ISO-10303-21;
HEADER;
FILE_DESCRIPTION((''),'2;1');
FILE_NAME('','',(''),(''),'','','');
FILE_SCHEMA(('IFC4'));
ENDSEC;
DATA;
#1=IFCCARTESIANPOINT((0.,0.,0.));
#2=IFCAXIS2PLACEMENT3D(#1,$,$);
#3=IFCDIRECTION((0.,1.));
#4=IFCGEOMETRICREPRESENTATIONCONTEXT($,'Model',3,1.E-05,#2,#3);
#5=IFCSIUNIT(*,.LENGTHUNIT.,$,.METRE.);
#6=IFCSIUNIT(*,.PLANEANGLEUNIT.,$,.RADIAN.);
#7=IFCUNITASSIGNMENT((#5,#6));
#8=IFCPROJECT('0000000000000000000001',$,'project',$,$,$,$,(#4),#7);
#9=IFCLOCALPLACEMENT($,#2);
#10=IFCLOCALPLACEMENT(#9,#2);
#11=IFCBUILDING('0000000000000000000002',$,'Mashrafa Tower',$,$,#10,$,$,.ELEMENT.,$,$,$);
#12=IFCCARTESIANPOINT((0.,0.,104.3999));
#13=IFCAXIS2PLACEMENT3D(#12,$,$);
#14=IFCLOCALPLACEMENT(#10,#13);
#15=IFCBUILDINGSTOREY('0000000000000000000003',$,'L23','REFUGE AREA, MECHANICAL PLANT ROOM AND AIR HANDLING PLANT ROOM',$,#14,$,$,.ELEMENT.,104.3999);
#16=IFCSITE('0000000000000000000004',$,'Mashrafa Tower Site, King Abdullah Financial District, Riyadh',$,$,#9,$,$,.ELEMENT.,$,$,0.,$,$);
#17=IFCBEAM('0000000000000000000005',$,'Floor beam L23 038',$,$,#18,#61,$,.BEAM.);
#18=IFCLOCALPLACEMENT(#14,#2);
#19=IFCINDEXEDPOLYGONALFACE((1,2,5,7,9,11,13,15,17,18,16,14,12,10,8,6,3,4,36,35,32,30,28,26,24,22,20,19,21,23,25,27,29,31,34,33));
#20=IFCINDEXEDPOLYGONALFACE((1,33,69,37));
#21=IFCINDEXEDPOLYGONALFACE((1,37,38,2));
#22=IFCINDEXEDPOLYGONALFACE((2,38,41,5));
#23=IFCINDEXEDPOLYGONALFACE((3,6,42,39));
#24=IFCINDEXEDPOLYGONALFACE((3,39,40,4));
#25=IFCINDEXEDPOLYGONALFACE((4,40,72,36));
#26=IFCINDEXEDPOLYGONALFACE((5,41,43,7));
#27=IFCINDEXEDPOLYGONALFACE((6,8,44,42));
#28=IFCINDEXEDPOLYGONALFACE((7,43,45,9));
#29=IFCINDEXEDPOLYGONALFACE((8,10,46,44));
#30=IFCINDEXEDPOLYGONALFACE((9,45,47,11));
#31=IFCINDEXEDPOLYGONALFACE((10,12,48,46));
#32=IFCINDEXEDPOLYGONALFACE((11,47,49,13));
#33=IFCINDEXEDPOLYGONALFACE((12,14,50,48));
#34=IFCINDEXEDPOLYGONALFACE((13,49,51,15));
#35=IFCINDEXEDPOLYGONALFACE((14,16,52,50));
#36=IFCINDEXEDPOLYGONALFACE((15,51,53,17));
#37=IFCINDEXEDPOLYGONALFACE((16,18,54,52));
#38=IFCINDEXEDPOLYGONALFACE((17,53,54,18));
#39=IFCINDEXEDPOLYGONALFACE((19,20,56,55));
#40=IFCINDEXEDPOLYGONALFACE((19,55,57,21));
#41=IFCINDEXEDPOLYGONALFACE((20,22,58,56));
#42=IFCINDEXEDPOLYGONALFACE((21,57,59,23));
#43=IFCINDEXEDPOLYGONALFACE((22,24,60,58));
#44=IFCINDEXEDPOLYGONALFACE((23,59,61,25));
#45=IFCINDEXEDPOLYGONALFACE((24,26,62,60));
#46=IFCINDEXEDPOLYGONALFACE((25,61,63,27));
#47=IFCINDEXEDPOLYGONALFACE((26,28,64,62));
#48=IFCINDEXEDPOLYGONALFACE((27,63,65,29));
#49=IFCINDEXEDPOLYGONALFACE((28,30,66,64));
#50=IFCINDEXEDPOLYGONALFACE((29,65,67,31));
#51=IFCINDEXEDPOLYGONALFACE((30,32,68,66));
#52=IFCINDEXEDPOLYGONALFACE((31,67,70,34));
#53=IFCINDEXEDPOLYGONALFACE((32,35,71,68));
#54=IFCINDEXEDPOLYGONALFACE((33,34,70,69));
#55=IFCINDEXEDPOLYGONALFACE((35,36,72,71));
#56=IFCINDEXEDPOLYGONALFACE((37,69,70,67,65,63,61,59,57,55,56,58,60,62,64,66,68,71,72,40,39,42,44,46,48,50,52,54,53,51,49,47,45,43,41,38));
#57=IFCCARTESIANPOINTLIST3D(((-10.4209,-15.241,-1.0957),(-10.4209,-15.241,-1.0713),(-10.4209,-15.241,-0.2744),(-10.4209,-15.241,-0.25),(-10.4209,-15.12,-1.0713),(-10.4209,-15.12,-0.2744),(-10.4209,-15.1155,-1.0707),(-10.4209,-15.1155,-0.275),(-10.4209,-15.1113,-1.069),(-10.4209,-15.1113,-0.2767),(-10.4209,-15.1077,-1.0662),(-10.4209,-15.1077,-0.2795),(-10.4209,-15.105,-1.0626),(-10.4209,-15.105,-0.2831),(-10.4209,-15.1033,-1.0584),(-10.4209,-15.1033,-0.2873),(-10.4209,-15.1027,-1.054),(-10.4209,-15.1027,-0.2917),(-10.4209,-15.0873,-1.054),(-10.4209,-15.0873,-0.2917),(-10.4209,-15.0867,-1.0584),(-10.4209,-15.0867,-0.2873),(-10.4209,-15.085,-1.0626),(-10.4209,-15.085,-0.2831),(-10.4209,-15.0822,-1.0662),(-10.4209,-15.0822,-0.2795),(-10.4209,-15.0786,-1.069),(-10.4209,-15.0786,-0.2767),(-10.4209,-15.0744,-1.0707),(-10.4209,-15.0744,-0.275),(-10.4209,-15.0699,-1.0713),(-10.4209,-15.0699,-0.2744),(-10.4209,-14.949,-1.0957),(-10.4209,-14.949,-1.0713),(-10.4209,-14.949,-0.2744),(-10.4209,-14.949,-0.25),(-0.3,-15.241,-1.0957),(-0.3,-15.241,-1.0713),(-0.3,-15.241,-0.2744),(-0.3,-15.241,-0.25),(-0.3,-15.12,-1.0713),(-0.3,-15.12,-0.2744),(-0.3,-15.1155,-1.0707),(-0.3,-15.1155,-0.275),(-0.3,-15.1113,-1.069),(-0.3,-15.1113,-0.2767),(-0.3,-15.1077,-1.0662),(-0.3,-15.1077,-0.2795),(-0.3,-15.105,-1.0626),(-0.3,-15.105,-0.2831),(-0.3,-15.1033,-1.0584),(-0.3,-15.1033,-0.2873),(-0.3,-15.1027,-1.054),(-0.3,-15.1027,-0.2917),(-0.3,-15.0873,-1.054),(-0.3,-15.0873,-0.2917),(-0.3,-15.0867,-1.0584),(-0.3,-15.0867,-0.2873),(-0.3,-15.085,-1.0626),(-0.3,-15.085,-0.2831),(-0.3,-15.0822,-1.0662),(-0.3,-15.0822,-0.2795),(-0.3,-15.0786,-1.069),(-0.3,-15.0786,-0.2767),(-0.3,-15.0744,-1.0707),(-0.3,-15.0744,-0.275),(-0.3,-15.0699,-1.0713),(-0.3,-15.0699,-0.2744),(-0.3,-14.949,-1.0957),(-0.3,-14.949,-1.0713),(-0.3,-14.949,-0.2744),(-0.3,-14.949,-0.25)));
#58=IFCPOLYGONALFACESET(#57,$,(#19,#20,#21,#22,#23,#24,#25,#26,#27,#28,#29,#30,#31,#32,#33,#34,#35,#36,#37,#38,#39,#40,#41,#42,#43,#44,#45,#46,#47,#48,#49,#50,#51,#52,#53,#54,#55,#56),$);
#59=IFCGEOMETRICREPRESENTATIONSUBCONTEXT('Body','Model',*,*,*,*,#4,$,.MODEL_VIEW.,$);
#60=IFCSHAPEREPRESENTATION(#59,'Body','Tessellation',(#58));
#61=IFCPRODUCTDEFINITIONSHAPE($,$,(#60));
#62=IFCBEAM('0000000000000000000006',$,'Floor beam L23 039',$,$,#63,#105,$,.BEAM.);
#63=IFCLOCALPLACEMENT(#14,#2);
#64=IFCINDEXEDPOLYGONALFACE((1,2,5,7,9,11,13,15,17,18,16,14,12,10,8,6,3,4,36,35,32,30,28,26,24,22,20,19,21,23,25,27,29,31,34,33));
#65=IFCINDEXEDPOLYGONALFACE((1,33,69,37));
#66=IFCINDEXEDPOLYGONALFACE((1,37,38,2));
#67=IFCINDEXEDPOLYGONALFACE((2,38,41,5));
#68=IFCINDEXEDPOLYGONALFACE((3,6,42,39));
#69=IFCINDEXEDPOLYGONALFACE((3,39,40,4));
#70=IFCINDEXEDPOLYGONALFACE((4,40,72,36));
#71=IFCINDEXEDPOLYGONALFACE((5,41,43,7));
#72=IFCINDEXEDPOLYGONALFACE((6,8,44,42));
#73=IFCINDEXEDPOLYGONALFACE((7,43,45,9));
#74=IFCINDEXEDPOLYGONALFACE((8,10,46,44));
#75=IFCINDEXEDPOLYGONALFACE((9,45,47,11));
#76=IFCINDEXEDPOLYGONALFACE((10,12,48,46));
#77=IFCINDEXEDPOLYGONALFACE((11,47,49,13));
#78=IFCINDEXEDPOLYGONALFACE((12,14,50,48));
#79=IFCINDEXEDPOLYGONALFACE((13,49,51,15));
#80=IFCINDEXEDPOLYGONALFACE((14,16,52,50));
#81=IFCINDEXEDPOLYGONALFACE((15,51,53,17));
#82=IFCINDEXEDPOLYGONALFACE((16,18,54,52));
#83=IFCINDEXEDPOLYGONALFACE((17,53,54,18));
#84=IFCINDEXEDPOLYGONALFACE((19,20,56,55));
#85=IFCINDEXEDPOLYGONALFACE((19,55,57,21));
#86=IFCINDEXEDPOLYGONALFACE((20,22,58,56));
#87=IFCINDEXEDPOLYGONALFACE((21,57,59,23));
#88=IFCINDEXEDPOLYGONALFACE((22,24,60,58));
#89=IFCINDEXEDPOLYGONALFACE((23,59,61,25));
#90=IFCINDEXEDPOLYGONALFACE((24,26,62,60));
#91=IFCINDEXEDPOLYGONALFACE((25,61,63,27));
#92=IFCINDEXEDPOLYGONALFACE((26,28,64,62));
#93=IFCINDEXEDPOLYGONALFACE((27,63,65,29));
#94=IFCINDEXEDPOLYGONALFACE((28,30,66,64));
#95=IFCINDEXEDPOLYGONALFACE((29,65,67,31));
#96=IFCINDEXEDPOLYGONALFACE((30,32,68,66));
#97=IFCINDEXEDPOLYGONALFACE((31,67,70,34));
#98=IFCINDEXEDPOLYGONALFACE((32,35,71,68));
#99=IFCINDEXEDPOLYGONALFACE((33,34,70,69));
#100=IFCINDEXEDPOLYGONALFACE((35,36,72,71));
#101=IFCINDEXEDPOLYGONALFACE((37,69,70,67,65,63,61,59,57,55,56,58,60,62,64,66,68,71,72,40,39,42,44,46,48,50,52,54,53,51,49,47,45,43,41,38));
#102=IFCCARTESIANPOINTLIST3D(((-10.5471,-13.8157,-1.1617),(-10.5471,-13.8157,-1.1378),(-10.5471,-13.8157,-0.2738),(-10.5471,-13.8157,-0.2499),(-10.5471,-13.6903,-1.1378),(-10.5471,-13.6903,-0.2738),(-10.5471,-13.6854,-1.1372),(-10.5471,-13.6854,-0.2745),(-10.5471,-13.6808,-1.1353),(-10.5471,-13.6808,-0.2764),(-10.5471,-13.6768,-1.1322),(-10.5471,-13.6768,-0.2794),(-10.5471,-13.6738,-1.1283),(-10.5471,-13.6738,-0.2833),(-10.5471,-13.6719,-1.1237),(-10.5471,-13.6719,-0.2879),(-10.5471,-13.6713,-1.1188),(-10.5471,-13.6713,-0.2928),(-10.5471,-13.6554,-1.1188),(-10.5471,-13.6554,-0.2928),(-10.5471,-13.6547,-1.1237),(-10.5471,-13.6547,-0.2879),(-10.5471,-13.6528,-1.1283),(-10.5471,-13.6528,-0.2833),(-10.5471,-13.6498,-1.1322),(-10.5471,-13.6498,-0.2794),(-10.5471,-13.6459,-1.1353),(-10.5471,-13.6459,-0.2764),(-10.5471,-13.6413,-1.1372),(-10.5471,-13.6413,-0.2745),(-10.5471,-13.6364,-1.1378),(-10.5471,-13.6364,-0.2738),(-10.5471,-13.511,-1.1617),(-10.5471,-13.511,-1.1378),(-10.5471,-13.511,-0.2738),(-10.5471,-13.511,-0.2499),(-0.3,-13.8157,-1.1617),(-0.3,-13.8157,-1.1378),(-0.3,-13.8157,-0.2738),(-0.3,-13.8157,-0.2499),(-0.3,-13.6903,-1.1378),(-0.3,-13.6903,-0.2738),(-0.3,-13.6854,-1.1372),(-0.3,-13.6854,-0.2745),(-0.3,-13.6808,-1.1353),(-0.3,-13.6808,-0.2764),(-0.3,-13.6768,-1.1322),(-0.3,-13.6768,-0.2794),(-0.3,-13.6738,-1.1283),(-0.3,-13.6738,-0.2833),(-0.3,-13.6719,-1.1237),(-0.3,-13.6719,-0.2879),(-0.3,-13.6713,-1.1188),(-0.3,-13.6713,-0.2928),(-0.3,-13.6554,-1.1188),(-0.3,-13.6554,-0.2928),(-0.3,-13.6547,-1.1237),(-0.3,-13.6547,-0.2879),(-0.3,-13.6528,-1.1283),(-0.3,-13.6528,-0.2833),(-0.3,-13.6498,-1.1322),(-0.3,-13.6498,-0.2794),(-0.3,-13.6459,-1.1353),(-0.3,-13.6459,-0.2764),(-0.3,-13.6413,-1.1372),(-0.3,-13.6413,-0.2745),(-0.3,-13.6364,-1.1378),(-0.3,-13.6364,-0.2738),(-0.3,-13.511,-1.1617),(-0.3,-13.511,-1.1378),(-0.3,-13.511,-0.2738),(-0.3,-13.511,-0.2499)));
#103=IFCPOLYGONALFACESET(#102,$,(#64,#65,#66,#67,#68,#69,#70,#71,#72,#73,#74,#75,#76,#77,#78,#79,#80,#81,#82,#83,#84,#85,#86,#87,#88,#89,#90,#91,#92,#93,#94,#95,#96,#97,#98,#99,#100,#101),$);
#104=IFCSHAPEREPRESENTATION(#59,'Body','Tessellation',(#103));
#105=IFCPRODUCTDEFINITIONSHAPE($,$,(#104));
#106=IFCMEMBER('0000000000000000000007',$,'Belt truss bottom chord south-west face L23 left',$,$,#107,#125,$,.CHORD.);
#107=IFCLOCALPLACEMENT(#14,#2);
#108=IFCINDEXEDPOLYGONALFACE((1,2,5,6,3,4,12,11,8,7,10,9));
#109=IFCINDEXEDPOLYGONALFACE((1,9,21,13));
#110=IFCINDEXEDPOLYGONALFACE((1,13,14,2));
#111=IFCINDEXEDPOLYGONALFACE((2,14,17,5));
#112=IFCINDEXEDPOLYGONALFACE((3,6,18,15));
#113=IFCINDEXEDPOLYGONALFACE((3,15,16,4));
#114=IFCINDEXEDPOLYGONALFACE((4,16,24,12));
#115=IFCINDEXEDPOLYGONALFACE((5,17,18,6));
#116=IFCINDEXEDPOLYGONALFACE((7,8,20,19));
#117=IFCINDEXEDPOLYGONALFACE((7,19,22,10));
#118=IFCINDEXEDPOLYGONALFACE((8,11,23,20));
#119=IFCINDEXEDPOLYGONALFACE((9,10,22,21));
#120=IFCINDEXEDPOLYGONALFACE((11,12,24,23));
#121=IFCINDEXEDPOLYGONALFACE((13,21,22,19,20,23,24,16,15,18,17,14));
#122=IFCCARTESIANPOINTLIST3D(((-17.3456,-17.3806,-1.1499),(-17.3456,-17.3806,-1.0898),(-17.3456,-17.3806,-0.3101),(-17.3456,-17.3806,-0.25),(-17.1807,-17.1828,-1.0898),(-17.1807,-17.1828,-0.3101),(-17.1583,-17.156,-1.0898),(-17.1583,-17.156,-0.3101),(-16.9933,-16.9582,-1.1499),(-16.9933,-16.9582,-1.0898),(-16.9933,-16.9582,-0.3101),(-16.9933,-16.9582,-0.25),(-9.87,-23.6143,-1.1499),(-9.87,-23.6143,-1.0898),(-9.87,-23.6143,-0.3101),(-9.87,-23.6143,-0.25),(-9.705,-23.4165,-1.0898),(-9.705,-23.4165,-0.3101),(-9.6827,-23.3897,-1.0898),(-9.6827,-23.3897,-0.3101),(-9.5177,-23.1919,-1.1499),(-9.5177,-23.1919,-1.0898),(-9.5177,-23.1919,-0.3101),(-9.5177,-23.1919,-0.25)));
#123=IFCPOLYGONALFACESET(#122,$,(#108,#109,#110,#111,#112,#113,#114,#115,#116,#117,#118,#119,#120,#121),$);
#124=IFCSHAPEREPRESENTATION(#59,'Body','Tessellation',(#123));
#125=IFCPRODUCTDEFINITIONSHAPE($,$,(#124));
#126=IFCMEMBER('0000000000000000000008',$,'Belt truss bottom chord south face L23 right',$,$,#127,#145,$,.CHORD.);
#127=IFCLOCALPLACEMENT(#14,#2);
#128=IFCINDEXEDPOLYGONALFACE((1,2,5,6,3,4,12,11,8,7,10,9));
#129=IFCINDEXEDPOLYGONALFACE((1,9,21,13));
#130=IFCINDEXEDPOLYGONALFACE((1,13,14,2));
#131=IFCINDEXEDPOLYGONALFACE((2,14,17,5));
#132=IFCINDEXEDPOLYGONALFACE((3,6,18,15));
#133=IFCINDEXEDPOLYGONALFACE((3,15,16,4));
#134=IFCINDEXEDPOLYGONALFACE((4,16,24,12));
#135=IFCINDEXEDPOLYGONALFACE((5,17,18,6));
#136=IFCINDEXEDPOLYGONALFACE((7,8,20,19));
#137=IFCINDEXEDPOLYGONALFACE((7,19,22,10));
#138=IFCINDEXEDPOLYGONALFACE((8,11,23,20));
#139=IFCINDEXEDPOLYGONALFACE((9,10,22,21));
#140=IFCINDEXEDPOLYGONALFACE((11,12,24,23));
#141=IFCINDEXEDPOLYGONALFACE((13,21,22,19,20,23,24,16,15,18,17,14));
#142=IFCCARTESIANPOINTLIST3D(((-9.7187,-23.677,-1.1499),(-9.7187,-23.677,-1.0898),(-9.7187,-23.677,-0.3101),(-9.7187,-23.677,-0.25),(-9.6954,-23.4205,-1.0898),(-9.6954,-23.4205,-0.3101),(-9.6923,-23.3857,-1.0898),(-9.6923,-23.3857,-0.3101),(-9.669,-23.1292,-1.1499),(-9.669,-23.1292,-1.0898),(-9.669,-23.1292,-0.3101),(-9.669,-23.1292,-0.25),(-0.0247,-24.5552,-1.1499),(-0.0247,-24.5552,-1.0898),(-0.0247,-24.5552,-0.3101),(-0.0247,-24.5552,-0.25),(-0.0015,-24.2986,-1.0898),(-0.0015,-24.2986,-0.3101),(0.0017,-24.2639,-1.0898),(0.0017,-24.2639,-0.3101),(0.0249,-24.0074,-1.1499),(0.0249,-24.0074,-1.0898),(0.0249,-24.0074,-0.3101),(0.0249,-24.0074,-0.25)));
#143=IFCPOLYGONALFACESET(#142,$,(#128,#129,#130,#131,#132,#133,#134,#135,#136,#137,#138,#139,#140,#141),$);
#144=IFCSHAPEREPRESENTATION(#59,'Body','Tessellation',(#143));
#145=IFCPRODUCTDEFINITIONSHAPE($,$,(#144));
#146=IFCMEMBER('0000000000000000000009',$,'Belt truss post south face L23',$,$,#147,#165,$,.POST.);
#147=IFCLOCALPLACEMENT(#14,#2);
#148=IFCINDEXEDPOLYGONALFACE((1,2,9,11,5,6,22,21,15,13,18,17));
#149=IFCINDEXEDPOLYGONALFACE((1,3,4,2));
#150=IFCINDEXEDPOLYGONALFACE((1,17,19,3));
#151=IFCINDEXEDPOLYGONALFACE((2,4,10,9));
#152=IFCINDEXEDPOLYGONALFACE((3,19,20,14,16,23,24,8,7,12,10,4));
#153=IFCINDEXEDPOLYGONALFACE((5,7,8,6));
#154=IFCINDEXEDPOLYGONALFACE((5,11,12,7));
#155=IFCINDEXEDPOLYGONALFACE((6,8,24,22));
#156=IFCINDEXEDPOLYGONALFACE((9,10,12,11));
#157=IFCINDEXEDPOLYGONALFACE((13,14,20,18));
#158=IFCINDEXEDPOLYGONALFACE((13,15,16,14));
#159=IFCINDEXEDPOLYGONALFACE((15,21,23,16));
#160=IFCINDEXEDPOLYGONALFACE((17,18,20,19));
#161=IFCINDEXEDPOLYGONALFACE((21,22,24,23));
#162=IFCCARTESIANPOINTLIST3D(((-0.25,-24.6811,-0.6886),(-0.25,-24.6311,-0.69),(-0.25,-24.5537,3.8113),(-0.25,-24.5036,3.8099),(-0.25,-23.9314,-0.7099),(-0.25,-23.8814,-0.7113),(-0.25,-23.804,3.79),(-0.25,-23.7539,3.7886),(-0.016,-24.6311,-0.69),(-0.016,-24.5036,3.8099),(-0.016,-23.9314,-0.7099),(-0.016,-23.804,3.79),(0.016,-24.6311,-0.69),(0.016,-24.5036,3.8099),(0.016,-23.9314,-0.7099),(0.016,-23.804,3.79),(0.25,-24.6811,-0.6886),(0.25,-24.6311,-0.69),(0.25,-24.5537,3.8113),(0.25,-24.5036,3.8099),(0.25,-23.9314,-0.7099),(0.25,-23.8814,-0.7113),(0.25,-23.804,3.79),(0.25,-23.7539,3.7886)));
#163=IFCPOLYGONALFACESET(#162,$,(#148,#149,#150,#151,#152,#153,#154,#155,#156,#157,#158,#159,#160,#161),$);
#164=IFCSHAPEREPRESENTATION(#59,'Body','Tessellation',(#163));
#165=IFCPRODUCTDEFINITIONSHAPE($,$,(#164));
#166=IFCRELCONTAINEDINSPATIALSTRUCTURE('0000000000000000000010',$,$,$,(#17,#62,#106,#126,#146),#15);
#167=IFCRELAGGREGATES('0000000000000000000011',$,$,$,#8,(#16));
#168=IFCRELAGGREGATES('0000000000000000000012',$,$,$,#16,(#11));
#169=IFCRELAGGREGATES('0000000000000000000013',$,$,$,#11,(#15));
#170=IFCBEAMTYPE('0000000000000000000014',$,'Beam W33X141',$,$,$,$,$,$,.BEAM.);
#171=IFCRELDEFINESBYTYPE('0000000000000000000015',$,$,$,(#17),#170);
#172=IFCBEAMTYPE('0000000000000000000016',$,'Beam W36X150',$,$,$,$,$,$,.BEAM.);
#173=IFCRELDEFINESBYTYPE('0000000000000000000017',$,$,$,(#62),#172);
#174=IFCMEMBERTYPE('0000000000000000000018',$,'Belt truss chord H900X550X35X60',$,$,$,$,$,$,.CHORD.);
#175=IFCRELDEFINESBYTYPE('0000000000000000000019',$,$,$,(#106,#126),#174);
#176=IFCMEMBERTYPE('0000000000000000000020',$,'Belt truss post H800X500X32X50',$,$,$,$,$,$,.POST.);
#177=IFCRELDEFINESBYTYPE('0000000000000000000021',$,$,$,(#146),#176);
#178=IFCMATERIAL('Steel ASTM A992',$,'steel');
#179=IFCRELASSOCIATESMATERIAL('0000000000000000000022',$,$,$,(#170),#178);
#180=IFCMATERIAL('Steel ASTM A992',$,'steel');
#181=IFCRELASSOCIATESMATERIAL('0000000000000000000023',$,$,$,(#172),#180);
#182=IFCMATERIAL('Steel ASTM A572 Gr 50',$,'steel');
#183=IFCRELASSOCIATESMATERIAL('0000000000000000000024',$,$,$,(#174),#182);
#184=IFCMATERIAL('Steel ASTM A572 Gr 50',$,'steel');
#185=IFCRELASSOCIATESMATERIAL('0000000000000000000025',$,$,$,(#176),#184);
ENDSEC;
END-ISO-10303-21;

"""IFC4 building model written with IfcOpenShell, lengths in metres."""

from ifc_helpers import new_model, si_unit, direction, frame, origin, origin_2d, place, context, subcontext, project, spatial, i_section, extrude, source, transform, mapped, material, material_profile, profile_set, type_object, type_shapes, element, save


model = new_model("IFC4")

# Units and contexts
model_context = context("Model", 3, precision=1e-05, world=origin(), true_north=direction((0.0, 1.0)))
body_context = subcontext(model_context, "Body", "Model", "MODEL_VIEW")
ifc_project = project(units=[si_unit("LENGTHUNIT", "METRE"), si_unit("PLANEANGLEUNIT", "RADIAN")], contexts=[model_context])

# Site, building, storey
site_placement = place(None, origin())
site = spatial("IfcSite", under=ifc_project, at=site_placement, Name="Mashrafa Tower Site, King Abdullah Financial District, Riyadh", CompositionType="ELEMENT", RefElevation=0.0)
building_placement = place(site_placement, origin())
building = spatial("IfcBuilding", under=site, at=building_placement, Name="Mashrafa Tower", CompositionType="ELEMENT")
storey_placement = place(building_placement, frame((0.0, 0.0, 104.3999)))
storey = spatial("IfcBuildingStorey", under=building, at=storey_placement, Name="L23", Description="REFUGE AREA, MECHANICAL PLANT ROOM AND AIR HANDLING PLANT ROOM", CompositionType="ELEMENT", Elevation=104.3999)

# Beams
ifc_material_1 = material(Name="Steel ASTM A992", Category="steel")
ifc_material_profile_1 = material_profile(ifc_material_1, i_section(OverallWidth=0.292, OverallDepth=0.8457, WebThickness=0.0154, FlangeThickness=0.0244, FilletRadius=0.0173, at=origin_2d()), Name="W33X141")
ifc_profile_set_1 = profile_set([ifc_material_profile_1], Name="Steel ASTM A992")
beam_type_1 = type_object("IfcBeamType", Name="Beam W33X141", PredefinedType="BEAM", material=ifc_profile_set_1)
beam_1_placement = place(storey_placement, frame((-0.3, -15.095, -0.6729), z_axis=(-1.0, 0.0, 0.0), x_axis=(0.0, -1.0, 0.0)))
element("IfcBeam", 1, at=beam_1_placement, inside=storey, type_object=beam_type_1, Name="Floor beam L23 038", PredefinedType="BEAM", context=body_context, shape_type="SweptSolid", body=[
    extrude(i_section(OverallWidth=0.292, OverallDepth=0.8457, WebThickness=0.0154, FlangeThickness=0.0244, FilletRadius=0.0173, at=origin_2d()), origin(), (0.0, 0.0, 1.0), 10.1208),
])
ifc_material_2 = material(Name="Steel ASTM A992", Category="steel")
ifc_material_profile_2 = material_profile(ifc_material_2, i_section(OverallWidth=0.3047, OverallDepth=0.9119, WebThickness=0.0159, FlangeThickness=0.0239, FilletRadius=0.019, at=origin_2d()), Name="W36X150")
ifc_profile_set_2 = profile_set([ifc_material_profile_2], Name="Steel ASTM A992")
beam_type_2 = type_object("IfcBeamType", Name="Beam W36X150", PredefinedType="BEAM", material=ifc_profile_set_2)
beam_2_placement = place(storey_placement, frame((-0.3, -13.6633, -0.7058), z_axis=(-1.0, 0.0, 0.0), x_axis=(0.0, -1.0, 0.0)))
element("IfcBeam", 2, at=beam_2_placement, inside=storey, type_object=beam_type_2, Name="Floor beam L23 039", PredefinedType="BEAM", context=body_context, shape_type="SweptSolid", body=[
    extrude(i_section(OverallWidth=0.3047, OverallDepth=0.9119, WebThickness=0.0159, FlangeThickness=0.0239, FilletRadius=0.019, at=origin_2d()), origin(), (0.0, 0.0, 1.0), 10.2471),
])

# Members
ifc_material_3 = material(Name="Steel ASTM A572 Gr 50", Category="steel")
ifc_material_profile_3 = material_profile(ifc_material_3, i_section(OverallWidth=0.55, OverallDepth=0.8999, WebThickness=0.0349, FlangeThickness=0.0601, at=origin_2d()), Name="H900X550X35X60")
ifc_profile_set_3 = profile_set([ifc_material_profile_3], Name="Steel ASTM A572 Gr 50")
member_type_1 = type_object("IfcMemberType", Name="Belt truss chord H900X550X35X60", PredefinedType="CHORD", material=ifc_profile_set_3)
shared_shape_1 = source(origin(), body_context, "Body", "SweptSolid", [
    extrude(i_section(OverallWidth=0.55, OverallDepth=0.8999, WebThickness=0.0349, FlangeThickness=0.0601, at=origin_2d()), origin(), (0.0, 0.0, 1.0), 9.7336),
])
type_shapes(member_type_1, [shared_shape_1])
for number, where, z_axis, x_axis, name in (
    (3, (-9.6938, -23.4031, -0.7), (-0.76802, 0.640426, 0.0), (-0.640426, -0.76802, 0.0), "Belt truss bottom chord south-west face L23 left"),
    (4, (-9.6938, -23.4031, -0.7), (0.995922, -0.090221, 0.0), (0.090221, 0.995922, 0.0), "Belt truss bottom chord south face L23 right"),
):
    element("IfcMember", number, at=place(storey_placement, frame(where, z_axis=z_axis, x_axis=x_axis)), inside=storey, type_object=member_type_1, Name=name, PredefinedType="CHORD", context=body_context, shape_type="MappedRepresentation", body=[
        mapped(shared_shape_1, transform((0.0, 0.0, 0.0))),
    ])
ifc_material_4 = material(Name="Steel ASTM A572 Gr 50", Category="steel")
ifc_material_profile_4 = material_profile(ifc_material_4, i_section(OverallWidth=0.5, OverallDepth=0.8, WebThickness=0.032, FlangeThickness=0.05, at=origin_2d()), Name="H800X500X32X50")
ifc_profile_set_4 = profile_set([ifc_material_profile_4], Name="Steel ASTM A572 Gr 50")
member_type_2 = type_object("IfcMemberType", Name="Belt truss post H800X500X32X50", PredefinedType="POST", material=ifc_profile_set_4)
shared_shape_2 = source(origin(), body_context, "Body", "SweptSolid", [
    extrude(i_section(OverallWidth=0.5, OverallDepth=0.8, WebThickness=0.032, FlangeThickness=0.05, at=origin_2d()), origin(), (0.0, 0.0, 1.0), 4.5017),
])
type_shapes(member_type_2, [shared_shape_2])
member_1_placement = place(storey_placement, frame((0.0, -24.2812, -0.7), z_axis=(0.0, 0.028309, 0.999599), x_axis=(-1.0, 0.0, 0.0)))
element("IfcMember", 5, at=member_1_placement, inside=storey, type_object=member_type_2, Name="Belt truss post south face L23", PredefinedType="POST", context=body_context, shape_type="MappedRepresentation", body=[
    mapped(shared_shape_2, transform((0.0, 0.0, 0.0))),
])

save(model, "model.ifc")
